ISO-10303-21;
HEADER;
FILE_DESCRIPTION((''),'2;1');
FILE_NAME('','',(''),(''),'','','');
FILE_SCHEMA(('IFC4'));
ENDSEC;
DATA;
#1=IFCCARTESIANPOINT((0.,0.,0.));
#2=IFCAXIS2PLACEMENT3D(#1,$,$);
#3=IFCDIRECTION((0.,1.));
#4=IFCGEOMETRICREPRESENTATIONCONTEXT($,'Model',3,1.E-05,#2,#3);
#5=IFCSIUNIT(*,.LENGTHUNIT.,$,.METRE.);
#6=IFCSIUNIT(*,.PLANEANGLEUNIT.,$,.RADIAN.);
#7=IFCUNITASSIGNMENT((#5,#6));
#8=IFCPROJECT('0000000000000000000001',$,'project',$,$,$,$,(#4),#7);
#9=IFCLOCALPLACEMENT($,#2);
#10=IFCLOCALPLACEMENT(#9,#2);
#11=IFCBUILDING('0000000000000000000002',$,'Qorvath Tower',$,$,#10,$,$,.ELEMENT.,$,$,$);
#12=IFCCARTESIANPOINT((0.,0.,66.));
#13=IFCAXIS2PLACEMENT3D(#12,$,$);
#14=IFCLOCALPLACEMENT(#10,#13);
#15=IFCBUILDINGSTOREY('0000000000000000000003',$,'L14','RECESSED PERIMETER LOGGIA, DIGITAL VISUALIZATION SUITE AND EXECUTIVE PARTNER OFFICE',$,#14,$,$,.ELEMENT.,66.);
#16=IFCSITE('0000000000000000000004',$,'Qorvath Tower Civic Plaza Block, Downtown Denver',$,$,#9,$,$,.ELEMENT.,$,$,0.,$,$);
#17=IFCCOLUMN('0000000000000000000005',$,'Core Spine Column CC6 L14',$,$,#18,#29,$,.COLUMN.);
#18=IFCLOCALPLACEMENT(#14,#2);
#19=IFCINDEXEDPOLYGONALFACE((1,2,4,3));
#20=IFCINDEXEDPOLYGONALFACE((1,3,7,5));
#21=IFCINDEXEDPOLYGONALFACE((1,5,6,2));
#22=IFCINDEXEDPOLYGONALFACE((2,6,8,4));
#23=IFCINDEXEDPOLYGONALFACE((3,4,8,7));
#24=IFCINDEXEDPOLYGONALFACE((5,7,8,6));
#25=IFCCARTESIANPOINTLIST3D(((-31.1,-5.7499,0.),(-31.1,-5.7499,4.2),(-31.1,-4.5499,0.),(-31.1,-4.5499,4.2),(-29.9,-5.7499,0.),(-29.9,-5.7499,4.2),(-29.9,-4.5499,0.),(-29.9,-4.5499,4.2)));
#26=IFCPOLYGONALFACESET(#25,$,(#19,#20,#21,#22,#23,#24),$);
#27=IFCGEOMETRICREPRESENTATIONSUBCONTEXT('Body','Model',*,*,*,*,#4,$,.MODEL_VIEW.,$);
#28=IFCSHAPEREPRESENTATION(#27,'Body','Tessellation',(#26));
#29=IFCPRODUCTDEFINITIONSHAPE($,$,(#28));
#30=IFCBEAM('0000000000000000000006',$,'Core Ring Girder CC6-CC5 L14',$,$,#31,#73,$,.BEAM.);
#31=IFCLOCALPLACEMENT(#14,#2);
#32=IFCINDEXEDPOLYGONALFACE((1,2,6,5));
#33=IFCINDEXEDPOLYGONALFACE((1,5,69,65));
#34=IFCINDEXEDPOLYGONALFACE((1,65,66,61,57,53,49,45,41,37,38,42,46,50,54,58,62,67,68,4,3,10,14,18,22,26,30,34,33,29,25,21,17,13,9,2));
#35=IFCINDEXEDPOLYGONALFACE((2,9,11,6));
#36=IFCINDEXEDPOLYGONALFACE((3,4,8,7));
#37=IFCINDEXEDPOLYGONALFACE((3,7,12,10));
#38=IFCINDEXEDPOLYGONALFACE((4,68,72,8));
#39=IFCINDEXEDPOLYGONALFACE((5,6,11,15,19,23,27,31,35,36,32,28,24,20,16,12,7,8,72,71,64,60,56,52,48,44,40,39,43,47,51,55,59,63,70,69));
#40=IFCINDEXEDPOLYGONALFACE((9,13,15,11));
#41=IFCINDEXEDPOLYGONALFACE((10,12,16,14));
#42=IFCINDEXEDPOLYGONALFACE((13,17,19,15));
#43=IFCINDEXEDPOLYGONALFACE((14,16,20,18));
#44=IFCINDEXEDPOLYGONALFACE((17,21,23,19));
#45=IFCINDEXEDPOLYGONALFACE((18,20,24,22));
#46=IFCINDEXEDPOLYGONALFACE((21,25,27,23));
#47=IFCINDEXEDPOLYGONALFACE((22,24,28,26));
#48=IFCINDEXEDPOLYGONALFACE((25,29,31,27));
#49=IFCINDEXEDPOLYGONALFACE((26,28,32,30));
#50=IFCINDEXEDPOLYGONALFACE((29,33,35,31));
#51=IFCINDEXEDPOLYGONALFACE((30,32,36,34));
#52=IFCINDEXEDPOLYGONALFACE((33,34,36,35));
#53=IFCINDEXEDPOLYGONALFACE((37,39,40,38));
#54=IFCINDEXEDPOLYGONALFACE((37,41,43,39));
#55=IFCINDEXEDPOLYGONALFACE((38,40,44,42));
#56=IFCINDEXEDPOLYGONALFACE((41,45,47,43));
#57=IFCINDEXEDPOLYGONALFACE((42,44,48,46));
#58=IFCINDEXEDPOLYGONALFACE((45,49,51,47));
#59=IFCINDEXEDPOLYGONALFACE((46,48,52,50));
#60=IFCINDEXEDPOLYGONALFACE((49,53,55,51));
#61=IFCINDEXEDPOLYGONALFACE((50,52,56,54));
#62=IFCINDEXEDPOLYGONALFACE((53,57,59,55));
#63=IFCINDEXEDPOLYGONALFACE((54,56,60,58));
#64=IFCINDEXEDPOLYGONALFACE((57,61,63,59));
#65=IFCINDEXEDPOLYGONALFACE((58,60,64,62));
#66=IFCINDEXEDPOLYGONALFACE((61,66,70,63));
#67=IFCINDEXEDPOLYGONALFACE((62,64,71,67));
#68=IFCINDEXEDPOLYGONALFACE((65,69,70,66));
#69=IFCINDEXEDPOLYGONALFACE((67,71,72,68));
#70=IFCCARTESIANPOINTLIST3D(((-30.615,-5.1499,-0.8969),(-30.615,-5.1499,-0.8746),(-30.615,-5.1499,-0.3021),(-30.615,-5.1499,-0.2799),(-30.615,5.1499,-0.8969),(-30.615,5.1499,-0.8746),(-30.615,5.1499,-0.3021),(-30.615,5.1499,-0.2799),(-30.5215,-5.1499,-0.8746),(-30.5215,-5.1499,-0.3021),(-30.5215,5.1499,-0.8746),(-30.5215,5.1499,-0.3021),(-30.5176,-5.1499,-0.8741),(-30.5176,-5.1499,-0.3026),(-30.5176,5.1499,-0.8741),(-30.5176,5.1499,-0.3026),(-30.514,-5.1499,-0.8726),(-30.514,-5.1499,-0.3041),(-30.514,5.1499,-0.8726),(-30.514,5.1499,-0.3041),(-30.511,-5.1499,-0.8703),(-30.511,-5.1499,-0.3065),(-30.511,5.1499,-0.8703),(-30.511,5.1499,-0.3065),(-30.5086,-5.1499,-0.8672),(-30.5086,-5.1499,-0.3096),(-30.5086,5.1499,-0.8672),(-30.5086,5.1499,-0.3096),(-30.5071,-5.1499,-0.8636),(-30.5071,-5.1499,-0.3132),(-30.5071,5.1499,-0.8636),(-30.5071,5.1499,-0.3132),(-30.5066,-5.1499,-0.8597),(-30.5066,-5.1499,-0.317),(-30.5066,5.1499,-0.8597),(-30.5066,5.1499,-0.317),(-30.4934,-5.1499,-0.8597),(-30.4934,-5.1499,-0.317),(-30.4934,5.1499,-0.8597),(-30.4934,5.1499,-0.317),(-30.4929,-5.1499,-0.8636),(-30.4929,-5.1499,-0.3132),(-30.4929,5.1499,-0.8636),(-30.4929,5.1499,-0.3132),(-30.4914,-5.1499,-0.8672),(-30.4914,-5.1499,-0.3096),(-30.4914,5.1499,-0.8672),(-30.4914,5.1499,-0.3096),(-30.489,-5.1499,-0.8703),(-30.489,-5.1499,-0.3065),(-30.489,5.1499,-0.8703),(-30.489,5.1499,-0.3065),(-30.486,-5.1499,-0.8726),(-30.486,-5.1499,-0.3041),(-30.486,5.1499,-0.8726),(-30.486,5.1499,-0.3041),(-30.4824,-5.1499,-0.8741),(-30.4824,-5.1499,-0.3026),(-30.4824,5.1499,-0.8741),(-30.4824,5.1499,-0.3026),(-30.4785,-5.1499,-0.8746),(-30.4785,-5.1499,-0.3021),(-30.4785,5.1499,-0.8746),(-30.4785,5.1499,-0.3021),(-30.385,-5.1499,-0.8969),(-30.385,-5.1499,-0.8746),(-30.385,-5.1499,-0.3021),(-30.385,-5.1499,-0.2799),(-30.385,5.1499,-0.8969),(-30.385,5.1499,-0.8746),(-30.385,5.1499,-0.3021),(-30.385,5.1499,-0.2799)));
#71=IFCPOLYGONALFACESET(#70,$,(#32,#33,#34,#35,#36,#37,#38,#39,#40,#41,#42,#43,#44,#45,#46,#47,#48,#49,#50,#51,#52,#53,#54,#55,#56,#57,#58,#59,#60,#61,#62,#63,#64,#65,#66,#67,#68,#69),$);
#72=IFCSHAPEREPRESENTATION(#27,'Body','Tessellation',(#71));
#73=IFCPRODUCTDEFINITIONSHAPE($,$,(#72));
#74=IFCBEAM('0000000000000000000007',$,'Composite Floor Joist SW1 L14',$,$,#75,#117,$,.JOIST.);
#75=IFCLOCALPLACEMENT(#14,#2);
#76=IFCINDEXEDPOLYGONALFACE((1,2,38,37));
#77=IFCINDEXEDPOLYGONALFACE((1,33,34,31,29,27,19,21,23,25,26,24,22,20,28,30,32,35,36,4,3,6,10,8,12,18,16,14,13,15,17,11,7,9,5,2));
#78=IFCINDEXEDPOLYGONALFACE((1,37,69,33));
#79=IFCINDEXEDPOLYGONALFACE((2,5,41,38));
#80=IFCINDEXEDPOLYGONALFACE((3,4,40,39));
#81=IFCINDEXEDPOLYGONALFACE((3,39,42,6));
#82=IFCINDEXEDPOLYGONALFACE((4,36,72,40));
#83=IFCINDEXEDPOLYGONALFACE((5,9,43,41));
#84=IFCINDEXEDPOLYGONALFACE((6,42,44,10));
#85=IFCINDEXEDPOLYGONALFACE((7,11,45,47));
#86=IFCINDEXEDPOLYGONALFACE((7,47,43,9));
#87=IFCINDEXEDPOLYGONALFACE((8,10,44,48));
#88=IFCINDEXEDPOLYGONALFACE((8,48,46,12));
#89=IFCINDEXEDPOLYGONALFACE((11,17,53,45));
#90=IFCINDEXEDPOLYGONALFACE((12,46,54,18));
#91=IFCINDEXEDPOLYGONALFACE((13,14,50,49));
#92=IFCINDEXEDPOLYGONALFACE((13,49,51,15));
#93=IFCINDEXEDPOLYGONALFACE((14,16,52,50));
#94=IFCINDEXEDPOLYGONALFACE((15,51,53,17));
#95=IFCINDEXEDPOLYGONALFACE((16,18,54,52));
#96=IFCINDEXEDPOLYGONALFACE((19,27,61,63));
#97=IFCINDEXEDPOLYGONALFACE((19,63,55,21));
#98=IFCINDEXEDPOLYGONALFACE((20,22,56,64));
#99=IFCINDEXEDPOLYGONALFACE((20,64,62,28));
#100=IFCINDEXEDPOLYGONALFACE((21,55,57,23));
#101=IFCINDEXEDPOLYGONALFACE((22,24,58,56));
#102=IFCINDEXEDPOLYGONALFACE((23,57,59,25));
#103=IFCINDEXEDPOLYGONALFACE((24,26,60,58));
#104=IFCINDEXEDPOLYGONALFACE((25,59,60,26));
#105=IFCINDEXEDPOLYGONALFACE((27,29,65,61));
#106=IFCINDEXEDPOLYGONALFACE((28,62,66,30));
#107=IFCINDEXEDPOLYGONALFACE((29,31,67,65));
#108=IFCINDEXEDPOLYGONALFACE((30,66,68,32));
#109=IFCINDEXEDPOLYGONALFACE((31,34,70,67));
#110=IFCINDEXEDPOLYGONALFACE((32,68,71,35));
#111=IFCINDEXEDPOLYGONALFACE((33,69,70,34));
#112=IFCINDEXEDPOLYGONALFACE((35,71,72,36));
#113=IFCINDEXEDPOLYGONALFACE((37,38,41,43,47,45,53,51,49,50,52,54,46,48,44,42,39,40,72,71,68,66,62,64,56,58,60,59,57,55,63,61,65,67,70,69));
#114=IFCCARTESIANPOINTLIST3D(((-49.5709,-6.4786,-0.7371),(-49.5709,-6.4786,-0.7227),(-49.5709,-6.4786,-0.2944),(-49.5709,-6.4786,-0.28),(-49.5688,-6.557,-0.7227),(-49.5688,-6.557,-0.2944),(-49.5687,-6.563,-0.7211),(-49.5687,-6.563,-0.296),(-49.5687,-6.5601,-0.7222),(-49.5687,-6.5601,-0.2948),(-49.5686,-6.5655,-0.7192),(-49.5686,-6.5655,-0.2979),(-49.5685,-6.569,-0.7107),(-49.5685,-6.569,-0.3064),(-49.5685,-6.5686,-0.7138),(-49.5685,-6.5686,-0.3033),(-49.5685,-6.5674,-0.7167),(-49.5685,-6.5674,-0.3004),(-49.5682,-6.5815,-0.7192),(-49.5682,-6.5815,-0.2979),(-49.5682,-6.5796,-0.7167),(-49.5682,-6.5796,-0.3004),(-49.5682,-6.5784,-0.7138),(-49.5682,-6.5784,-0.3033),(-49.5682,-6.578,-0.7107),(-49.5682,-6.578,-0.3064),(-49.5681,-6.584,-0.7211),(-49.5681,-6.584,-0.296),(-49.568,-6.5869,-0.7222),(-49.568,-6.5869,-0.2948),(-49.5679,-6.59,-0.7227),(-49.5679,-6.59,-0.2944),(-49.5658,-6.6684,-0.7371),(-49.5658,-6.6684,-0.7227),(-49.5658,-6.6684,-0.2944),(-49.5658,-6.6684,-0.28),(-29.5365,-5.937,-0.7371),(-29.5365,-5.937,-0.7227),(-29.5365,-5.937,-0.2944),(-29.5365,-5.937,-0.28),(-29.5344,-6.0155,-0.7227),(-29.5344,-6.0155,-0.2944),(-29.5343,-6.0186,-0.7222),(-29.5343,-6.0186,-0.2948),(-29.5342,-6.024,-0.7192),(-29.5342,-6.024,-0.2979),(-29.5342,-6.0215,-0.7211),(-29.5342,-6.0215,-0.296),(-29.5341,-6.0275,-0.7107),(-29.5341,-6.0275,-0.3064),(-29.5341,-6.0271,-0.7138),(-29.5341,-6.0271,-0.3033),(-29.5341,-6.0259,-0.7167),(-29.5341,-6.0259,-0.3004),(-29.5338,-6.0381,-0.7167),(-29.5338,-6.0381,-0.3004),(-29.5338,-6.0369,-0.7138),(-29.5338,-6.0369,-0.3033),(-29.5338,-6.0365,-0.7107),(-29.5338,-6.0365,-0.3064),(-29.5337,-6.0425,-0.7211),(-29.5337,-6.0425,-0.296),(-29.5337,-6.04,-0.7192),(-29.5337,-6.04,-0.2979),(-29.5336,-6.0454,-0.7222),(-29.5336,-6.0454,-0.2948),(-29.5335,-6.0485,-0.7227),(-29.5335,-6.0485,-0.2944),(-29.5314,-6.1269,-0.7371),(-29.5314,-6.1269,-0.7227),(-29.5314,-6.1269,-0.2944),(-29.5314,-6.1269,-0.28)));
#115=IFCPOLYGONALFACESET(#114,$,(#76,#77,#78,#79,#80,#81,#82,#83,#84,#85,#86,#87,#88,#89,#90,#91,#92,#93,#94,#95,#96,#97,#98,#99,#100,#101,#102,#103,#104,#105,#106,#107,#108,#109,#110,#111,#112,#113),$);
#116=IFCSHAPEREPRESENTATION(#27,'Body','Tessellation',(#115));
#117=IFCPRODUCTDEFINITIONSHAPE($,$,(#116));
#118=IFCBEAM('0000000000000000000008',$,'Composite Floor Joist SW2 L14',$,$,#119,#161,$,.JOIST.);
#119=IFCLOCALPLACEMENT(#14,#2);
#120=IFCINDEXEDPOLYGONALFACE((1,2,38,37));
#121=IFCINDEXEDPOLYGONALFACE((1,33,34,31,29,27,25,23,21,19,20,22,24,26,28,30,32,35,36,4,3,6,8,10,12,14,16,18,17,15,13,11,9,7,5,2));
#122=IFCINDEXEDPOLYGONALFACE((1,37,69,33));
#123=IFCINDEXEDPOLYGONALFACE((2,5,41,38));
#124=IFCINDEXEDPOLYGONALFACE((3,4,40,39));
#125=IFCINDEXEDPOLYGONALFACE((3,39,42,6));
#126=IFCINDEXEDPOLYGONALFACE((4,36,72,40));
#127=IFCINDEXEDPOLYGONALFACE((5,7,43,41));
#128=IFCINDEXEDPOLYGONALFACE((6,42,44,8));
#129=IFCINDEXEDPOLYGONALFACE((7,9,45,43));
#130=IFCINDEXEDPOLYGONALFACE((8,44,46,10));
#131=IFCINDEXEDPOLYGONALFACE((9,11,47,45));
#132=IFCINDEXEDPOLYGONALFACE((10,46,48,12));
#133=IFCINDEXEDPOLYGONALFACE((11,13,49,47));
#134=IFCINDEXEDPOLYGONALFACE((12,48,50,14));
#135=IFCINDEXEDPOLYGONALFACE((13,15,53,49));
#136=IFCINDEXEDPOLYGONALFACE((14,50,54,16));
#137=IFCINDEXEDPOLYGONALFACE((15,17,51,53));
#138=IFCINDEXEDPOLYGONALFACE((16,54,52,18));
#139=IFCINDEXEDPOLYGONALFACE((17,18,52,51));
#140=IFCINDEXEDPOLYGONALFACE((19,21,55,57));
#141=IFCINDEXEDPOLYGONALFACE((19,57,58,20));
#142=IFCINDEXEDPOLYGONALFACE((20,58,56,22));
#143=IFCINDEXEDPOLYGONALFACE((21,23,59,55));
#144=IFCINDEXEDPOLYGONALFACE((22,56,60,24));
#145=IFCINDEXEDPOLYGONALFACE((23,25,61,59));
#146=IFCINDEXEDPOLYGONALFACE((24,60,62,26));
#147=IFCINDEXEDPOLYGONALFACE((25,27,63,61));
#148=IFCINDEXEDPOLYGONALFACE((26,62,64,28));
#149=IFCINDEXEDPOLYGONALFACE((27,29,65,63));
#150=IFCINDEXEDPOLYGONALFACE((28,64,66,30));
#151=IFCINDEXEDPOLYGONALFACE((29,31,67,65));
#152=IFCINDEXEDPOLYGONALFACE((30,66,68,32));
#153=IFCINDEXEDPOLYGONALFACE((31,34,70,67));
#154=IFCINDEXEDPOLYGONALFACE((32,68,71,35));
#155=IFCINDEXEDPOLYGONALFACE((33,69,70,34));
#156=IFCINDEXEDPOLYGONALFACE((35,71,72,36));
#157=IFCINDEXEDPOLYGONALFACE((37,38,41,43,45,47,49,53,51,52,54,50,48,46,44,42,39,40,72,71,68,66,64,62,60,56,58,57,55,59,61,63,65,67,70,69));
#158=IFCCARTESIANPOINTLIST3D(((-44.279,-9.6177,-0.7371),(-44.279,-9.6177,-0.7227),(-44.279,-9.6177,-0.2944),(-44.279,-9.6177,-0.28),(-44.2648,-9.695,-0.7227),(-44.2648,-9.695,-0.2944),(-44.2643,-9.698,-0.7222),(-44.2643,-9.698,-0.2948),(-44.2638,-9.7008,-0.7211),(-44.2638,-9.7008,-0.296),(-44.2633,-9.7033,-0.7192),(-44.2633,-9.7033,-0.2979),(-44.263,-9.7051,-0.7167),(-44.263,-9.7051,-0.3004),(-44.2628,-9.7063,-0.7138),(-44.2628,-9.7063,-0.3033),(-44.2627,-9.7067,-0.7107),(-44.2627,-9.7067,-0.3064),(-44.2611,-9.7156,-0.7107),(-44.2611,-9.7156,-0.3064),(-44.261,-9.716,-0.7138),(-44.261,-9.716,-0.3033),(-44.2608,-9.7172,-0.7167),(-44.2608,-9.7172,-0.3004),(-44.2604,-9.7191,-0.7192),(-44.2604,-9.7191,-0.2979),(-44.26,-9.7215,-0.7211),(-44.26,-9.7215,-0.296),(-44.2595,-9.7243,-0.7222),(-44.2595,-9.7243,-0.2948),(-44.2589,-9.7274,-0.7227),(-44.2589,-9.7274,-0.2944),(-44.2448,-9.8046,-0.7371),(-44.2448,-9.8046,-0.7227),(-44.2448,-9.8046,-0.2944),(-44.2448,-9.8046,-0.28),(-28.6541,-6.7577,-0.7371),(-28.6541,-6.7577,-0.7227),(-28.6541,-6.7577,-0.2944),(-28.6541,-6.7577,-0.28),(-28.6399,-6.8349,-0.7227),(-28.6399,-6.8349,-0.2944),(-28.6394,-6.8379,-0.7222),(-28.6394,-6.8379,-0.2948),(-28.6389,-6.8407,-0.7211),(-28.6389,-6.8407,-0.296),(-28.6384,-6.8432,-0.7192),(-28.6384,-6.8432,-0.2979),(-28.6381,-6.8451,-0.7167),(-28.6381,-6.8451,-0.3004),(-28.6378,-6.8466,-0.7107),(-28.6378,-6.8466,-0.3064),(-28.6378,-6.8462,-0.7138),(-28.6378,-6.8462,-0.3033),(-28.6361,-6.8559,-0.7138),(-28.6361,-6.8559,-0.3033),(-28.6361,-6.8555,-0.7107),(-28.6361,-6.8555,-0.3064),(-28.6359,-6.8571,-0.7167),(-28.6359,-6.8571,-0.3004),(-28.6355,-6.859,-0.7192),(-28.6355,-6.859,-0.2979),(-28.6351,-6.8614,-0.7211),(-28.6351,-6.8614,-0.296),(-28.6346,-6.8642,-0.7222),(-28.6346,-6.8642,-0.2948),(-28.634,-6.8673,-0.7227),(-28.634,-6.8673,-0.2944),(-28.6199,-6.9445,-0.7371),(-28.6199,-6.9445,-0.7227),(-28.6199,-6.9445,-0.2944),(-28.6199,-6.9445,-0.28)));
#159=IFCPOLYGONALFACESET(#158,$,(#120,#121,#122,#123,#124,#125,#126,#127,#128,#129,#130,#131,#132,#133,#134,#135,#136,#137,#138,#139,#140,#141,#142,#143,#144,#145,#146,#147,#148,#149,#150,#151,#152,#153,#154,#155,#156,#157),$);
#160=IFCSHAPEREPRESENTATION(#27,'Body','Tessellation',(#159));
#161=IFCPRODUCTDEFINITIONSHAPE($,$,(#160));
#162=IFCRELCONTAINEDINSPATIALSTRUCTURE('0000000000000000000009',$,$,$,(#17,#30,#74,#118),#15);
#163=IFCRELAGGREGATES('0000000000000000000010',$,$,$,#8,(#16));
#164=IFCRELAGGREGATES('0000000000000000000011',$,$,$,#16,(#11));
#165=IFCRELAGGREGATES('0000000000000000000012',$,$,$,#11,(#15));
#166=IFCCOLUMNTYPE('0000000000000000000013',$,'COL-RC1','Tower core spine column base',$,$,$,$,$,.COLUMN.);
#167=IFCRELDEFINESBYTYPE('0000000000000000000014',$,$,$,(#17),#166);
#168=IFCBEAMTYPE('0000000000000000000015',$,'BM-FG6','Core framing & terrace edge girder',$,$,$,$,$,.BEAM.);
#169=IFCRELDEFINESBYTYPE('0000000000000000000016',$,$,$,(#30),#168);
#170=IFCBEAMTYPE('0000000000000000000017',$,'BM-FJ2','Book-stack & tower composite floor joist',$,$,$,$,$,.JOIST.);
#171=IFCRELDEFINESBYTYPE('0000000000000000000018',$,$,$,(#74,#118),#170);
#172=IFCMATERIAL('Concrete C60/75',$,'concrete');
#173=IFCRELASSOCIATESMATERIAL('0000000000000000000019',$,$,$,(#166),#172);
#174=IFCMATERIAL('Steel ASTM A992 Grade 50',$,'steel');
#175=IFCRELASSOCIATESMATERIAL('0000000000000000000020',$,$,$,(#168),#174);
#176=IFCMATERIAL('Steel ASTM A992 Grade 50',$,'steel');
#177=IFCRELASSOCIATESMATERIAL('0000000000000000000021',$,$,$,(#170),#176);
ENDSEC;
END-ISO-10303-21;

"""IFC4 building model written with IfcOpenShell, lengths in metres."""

from ifc_helpers import new_model, si_unit, direction, frame, origin, origin_2d, place, context, subcontext, project, spatial, rectangle, i_section, extrude, material, material_profile, profile_set, type_object, element, save


model = new_model("IFC4")

# Units and contexts
model_context = context("Model", 3, precision=1e-05, world=origin(), true_north=direction((0.0, 1.0)))
body_context = subcontext(model_context, "Body", "Model", "MODEL_VIEW")
ifc_project = project(units=[si_unit("LENGTHUNIT", "METRE"), si_unit("PLANEANGLEUNIT", "RADIAN")], contexts=[model_context])

# Site, building, storey
site_placement = place(None, origin())
site = spatial("IfcSite", under=ifc_project, at=site_placement, Name="Qorvath Tower Civic Plaza Block, Downtown Denver", CompositionType="ELEMENT", RefElevation=0.0)
building_placement = place(site_placement, origin())
building = spatial("IfcBuilding", under=site, at=building_placement, Name="Qorvath Tower", CompositionType="ELEMENT")
storey_placement = place(building_placement, frame((0.0, 0.0, 66.0)))
storey = spatial("IfcBuildingStorey", under=building, at=storey_placement, Name="L14", Description="RECESSED PERIMETER LOGGIA, DIGITAL VISUALIZATION SUITE AND EXECUTIVE PARTNER OFFICE", CompositionType="ELEMENT", Elevation=66.0)

# Column
ifc_material_1 = material(Name="Concrete C60/75", Category="concrete")
ifc_material_profile_1 = material_profile(ifc_material_1, rectangle(XDim=1.2, YDim=1.2, at=origin_2d()), Name="RC 1200x1200")
ifc_profile_set_1 = profile_set([ifc_material_profile_1], Name="Concrete C60/75")
column_type = type_object("IfcColumnType", Name="COL-RC1", Description="Tower core spine column base", PredefinedType="COLUMN", material=ifc_profile_set_1)
column_placement = place(storey_placement, frame((-30.5, -5.1499, 0.0), z_axis=(0.0, 0.0, 1.0), x_axis=(1.0, 0.0, 0.0)))
element("IfcColumn", 1, at=column_placement, inside=storey, type_object=column_type, Name="Core Spine Column CC6 L14", PredefinedType="COLUMN", context=body_context, shape_type="SweptSolid", body=[
    extrude(rectangle(XDim=1.2, YDim=1.2, at=origin_2d()), origin(), (0.0, 0.0, 1.0), 4.2),
])

# Beams
ifc_material_2 = material(Name="Steel ASTM A992 Grade 50", Category="steel")
ifc_material_profile_2 = material_profile(ifc_material_2, i_section(OverallWidth=0.23, OverallDepth=0.6169, WebThickness=0.0132, FlangeThickness=0.0222, FilletRadius=0.0149, at=origin_2d()), Name="W24x94")
ifc_profile_set_2 = profile_set([ifc_material_profile_2], Name="Steel ASTM A992 Grade 50")
beam_type_1 = type_object("IfcBeamType", Name="BM-FG6", Description="Core framing & terrace edge girder", PredefinedType="BEAM", material=ifc_profile_set_2)
beam_1_placement = place(storey_placement, frame((-30.5, -5.1499, -0.5884), z_axis=(0.0, 1.0, 0.0), x_axis=(-1.0, 0.0, 0.0)))
element("IfcBeam", 2, at=beam_1_placement, inside=storey, type_object=beam_type_1, Name="Core Ring Girder CC6-CC5 L14", PredefinedType="BEAM", context=body_context, shape_type="SweptSolid", body=[
    extrude(i_section(OverallWidth=0.23, OverallDepth=0.6169, WebThickness=0.0132, FlangeThickness=0.0222, FilletRadius=0.0149, at=origin_2d()), origin(), (0.0, 0.0, 1.0), 10.2998),
])
ifc_material_3 = material(Name="Steel ASTM A992 Grade 50", Category="steel")
ifc_material_profile_3 = material_profile(ifc_material_3, i_section(OverallWidth=0.1899, OverallDepth=0.457, WebThickness=0.009, FlangeThickness=0.0144, FilletRadius=0.012, at=origin_2d()), Name="W18x50")
ifc_profile_set_3 = profile_set([ifc_material_profile_3], Name="Steel ASTM A992 Grade 50")
beam_type_2 = type_object("IfcBeamType", Name="BM-FJ2", Description="Book-stack & tower composite floor joist", PredefinedType="JOIST", material=ifc_profile_set_3)
beam_2_placement = place(storey_placement, frame((-29.5339, -6.032, -0.5085), z_axis=(-0.999635, -0.027019, 0.0), x_axis=(0.027019, -0.999635, 0.0)))
element("IfcBeam", 3, at=beam_2_placement, inside=storey, type_object=beam_type_2, Name="Composite Floor Joist SW1 L14", PredefinedType="JOIST", context=body_context, shape_type="SweptSolid", body=[
    extrude(i_section(OverallWidth=0.1899, OverallDepth=0.457, WebThickness=0.009, FlangeThickness=0.0144, FilletRadius=0.012, at=origin_2d()), origin(), (0.0, 0.0, 1.0), 20.0417),
])
beam_3_placement = place(storey_placement, frame((-28.637, -6.8511, -0.5085), z_axis=(-0.983656, -0.180055, 0.0), x_axis=(0.180055, -0.983656, 0.0)))
element("IfcBeam", 4, at=beam_3_placement, inside=storey, type_object=beam_type_2, Name="Composite Floor Joist SW2 L14", PredefinedType="JOIST", context=body_context, shape_type="SweptSolid", body=[
    extrude(i_section(OverallWidth=0.1899, OverallDepth=0.457, WebThickness=0.009, FlangeThickness=0.0144, FilletRadius=0.012, at=origin_2d()), origin(), (0.0, 0.0, 1.0), 15.8845),
])

save(model, "model.ifc")
